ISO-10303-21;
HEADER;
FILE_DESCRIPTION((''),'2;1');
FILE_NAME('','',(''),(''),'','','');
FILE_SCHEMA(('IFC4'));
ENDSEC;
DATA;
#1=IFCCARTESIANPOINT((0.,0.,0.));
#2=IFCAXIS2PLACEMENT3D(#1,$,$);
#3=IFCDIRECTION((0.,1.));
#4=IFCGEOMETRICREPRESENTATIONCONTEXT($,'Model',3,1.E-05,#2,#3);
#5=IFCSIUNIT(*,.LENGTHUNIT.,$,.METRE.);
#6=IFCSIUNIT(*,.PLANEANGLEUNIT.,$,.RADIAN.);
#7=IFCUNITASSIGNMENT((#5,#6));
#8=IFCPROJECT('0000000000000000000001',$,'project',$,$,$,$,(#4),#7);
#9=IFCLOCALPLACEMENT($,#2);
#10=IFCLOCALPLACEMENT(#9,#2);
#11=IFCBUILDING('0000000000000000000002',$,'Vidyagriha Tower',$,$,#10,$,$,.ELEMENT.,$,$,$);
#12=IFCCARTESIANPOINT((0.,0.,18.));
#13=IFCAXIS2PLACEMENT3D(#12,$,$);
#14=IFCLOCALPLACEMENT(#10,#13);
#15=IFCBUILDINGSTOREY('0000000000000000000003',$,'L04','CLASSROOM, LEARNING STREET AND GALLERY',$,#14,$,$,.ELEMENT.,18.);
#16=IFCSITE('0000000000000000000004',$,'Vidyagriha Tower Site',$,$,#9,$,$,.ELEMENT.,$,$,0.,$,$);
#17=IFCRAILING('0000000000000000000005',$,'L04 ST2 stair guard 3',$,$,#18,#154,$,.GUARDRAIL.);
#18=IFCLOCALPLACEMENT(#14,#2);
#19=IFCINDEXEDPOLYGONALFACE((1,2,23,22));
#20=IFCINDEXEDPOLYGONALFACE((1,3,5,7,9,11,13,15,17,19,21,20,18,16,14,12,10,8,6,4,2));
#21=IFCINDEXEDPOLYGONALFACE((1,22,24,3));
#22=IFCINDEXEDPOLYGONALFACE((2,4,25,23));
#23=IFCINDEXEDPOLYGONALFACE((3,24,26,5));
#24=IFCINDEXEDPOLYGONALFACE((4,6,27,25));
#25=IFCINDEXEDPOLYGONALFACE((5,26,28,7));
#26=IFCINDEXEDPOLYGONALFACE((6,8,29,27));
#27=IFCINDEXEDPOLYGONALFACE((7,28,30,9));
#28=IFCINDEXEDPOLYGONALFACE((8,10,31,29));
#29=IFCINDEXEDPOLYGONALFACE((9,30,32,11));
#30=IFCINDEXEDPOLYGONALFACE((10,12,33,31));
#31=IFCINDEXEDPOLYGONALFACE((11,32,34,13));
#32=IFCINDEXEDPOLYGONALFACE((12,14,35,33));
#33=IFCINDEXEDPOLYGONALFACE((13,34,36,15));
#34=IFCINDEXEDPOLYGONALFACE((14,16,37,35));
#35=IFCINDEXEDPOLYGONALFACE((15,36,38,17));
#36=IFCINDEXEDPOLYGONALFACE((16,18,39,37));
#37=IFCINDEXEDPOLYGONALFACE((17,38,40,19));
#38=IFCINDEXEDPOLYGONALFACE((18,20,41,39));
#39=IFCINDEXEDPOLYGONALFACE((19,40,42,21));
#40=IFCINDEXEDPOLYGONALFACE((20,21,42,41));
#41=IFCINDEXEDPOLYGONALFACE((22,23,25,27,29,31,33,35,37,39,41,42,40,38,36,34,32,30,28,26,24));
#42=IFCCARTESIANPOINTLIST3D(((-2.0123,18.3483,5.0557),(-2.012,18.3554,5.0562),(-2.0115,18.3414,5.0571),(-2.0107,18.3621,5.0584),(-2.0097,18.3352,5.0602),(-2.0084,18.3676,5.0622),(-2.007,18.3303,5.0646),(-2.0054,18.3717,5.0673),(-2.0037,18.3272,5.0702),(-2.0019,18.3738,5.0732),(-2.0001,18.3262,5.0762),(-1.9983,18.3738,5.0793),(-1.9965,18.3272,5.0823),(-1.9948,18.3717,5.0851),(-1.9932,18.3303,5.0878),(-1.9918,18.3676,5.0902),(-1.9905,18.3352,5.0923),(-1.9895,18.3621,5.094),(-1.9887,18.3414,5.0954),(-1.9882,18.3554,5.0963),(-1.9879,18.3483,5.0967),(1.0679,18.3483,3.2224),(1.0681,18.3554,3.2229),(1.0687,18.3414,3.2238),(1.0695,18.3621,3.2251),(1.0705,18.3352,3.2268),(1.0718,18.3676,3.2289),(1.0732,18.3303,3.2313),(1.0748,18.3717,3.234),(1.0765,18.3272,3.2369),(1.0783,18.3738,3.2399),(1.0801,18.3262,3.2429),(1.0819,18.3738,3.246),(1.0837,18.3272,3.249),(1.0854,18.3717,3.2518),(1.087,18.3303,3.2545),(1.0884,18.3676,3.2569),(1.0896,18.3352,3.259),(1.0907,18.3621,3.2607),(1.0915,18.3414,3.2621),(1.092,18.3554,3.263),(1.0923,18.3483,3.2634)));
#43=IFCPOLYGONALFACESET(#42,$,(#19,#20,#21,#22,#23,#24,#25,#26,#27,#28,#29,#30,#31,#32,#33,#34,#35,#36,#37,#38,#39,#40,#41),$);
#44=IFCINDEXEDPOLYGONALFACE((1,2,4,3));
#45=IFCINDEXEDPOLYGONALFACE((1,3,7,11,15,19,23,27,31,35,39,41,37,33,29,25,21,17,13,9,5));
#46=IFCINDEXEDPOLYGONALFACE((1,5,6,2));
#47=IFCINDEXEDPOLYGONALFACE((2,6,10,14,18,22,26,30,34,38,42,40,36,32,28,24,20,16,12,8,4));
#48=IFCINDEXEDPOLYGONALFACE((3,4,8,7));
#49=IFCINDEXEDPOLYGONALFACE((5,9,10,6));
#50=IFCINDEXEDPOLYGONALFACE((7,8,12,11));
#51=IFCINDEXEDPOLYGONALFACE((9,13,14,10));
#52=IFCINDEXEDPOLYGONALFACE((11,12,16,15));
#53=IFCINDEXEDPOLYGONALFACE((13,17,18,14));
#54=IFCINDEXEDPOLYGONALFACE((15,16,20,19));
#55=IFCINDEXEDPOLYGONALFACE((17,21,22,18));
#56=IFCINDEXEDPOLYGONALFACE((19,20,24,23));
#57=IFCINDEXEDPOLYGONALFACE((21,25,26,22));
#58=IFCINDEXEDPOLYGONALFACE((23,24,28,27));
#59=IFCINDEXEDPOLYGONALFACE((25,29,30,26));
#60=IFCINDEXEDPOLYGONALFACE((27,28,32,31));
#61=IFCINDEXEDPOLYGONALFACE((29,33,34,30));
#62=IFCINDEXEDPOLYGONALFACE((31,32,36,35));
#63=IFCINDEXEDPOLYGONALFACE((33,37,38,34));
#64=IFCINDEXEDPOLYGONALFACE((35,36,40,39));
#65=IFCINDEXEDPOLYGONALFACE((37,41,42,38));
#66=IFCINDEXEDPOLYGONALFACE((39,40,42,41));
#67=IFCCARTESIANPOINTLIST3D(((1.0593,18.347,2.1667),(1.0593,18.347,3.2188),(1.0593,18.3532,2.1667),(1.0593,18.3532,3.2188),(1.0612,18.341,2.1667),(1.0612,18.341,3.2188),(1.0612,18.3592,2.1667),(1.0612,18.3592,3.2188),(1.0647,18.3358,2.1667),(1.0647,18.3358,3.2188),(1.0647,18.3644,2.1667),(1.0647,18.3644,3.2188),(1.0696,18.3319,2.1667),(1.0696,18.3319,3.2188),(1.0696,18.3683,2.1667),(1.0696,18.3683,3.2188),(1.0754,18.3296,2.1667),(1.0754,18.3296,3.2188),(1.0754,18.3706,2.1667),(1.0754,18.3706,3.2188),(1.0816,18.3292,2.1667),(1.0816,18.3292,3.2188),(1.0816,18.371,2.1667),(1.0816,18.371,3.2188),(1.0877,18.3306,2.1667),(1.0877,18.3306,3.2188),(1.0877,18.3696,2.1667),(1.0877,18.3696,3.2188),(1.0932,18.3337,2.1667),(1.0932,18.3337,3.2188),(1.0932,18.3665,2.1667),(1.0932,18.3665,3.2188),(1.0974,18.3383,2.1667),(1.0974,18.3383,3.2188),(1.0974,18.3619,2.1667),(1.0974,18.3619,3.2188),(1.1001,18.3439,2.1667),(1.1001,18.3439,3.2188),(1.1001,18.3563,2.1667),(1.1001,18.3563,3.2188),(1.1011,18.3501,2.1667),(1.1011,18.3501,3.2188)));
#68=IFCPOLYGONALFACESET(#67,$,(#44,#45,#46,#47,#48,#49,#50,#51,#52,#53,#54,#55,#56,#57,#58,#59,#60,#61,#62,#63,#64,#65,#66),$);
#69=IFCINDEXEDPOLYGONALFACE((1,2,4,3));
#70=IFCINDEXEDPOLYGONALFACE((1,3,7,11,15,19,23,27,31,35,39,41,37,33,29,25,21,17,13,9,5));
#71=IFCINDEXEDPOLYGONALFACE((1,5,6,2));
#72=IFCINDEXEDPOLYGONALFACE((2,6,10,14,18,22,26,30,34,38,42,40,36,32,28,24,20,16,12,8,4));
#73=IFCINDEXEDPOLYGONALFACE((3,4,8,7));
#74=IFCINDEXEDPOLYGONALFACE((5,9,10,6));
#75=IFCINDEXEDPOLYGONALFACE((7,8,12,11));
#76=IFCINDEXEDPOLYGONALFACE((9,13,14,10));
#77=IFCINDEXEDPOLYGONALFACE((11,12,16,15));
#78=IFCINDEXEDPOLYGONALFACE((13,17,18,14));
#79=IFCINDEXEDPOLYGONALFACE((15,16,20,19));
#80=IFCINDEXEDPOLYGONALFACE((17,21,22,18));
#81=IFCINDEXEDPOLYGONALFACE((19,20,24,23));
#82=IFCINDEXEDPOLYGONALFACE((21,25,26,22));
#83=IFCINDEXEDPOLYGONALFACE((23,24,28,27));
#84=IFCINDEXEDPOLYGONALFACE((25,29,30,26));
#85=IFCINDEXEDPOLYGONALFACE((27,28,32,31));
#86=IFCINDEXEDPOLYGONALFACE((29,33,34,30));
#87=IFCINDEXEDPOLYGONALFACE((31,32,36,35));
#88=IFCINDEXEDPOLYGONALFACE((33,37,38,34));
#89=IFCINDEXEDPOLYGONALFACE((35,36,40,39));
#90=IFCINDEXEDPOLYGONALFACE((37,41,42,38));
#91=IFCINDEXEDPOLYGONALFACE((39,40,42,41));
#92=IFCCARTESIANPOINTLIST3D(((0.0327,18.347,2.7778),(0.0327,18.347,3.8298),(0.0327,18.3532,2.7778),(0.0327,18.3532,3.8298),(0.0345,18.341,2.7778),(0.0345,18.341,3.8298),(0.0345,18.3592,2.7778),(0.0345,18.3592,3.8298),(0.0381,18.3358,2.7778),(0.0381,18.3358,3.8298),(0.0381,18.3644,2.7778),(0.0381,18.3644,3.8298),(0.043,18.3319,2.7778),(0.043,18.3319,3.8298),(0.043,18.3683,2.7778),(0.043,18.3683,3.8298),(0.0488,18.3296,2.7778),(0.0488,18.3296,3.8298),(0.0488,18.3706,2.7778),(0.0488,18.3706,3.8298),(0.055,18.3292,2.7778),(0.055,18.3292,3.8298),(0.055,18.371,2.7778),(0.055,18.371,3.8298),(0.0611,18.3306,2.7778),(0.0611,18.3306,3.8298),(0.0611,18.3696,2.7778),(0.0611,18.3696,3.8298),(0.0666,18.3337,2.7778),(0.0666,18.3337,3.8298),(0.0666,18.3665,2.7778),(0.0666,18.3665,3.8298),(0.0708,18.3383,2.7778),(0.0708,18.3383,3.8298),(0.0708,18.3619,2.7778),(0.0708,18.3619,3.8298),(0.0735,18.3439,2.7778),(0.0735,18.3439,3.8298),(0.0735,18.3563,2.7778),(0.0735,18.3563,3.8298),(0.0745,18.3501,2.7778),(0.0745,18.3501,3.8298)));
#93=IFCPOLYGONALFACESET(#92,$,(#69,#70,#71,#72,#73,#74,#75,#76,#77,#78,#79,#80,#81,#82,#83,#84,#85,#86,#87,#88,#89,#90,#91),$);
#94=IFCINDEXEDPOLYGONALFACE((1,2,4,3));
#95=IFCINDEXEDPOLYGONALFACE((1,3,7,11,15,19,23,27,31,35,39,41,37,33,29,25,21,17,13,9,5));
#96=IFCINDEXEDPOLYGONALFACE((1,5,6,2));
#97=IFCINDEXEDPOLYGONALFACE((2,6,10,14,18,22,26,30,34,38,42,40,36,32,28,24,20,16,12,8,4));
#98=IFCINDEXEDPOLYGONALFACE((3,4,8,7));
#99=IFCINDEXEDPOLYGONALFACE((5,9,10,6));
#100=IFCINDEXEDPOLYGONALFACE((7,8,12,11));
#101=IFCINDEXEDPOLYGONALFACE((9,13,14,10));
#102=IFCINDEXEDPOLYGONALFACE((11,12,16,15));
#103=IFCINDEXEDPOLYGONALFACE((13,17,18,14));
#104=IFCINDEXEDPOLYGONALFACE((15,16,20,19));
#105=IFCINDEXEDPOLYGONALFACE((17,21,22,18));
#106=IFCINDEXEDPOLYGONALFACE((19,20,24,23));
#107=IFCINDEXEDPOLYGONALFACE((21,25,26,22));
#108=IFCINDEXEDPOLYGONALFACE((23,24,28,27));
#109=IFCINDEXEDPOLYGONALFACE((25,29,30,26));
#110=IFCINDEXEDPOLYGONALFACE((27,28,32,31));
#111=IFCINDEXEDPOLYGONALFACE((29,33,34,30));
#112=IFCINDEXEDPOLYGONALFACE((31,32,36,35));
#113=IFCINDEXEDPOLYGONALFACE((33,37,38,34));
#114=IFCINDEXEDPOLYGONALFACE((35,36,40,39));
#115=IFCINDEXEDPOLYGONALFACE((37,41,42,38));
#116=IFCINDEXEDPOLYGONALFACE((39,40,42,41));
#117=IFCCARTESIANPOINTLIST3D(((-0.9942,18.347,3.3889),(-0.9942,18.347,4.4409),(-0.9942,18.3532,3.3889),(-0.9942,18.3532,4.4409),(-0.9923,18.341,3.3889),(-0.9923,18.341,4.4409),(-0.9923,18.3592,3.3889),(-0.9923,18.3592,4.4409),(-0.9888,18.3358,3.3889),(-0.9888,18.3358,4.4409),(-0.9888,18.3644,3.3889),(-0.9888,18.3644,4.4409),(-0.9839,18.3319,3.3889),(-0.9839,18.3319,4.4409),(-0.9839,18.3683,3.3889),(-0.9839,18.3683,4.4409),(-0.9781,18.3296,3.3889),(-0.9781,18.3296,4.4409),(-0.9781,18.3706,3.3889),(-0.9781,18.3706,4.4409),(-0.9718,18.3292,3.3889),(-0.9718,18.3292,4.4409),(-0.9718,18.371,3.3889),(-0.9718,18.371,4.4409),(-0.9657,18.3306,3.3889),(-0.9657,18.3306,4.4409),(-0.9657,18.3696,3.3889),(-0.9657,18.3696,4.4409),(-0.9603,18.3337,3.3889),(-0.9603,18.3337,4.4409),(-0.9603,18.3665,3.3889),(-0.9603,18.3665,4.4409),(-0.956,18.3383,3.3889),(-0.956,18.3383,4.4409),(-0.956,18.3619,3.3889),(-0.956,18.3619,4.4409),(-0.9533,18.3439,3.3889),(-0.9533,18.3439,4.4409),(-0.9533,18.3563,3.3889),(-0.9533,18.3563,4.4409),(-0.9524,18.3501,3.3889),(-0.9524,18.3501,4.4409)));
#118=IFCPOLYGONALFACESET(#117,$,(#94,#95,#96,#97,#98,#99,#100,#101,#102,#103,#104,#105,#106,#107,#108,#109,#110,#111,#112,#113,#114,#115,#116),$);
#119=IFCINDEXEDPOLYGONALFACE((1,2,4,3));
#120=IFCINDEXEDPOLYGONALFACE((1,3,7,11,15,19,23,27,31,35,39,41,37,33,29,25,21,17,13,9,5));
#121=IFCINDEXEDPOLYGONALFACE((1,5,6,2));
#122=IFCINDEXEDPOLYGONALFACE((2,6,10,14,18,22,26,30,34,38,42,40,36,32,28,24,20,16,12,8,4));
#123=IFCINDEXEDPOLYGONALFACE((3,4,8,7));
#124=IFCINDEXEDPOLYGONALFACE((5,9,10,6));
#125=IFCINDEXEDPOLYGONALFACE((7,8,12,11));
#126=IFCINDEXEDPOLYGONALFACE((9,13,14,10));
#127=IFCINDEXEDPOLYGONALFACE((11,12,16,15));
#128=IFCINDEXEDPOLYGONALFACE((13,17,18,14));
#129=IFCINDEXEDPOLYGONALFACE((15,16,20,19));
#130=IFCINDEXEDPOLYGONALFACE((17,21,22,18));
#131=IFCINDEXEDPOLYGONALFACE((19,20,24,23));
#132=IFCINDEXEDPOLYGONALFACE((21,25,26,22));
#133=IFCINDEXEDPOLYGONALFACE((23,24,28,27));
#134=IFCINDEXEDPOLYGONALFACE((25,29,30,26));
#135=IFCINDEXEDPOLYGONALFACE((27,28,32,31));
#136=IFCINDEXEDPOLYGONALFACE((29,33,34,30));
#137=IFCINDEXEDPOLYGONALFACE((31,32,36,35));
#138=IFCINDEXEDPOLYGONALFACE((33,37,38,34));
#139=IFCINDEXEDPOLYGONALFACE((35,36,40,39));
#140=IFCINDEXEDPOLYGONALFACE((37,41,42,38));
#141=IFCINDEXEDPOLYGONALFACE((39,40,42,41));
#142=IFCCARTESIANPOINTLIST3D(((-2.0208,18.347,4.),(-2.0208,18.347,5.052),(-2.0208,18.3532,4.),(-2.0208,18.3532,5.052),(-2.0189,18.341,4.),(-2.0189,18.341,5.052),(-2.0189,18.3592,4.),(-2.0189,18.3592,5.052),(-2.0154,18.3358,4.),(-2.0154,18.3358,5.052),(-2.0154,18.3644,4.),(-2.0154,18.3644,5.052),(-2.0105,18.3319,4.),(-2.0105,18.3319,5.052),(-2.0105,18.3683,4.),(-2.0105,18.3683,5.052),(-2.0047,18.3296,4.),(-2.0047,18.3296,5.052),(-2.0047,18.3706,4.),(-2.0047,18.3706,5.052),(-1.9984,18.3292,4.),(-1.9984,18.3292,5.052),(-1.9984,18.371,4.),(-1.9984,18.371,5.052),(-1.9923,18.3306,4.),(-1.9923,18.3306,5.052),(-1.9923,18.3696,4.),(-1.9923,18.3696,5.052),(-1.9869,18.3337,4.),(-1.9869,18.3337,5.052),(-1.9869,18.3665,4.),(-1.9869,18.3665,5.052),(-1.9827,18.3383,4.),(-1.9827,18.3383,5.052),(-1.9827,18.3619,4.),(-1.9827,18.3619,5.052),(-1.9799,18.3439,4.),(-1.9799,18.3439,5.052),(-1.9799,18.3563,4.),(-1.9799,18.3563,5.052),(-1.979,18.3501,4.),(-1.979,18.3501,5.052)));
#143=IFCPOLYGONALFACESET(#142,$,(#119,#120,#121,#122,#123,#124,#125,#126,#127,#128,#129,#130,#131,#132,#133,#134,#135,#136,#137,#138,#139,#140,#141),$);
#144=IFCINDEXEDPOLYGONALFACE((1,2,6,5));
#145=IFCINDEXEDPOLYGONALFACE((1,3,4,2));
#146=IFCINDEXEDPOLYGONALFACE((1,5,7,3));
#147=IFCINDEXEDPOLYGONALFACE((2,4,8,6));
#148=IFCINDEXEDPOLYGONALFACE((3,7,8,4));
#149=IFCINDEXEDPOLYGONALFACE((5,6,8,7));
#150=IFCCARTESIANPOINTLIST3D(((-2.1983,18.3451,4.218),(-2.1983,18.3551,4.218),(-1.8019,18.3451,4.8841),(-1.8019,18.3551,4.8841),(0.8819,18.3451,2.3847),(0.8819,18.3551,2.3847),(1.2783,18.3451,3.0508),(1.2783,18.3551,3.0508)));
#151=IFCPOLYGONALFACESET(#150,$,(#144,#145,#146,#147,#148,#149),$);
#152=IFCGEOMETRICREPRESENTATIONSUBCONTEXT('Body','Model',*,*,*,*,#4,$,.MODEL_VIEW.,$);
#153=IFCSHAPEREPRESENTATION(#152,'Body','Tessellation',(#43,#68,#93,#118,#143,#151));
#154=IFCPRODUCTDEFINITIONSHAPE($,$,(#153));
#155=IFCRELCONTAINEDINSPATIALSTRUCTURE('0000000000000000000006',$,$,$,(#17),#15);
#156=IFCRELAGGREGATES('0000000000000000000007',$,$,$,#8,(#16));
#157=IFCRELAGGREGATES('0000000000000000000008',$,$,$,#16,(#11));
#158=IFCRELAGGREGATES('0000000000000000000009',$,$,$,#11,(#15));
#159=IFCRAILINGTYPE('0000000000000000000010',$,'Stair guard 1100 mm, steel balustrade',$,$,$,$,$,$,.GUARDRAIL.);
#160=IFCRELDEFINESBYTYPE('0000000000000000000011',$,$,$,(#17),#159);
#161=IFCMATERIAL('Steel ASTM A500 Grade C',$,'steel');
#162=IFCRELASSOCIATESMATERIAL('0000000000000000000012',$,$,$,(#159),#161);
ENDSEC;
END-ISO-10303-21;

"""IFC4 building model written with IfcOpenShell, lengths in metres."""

from ifc_helpers import new_model, si_unit, direction, frame, origin, origin_2d, place, context, subcontext, project, spatial, rectangle, circle, extrude, material, type_object, element, save


model = new_model("IFC4")

# Units and contexts
model_context = context("Model", 3, precision=1e-05, world=origin(), true_north=direction((0.0, 1.0)))
body_context = subcontext(model_context, "Body", "Model", "MODEL_VIEW")
ifc_project = project(units=[si_unit("LENGTHUNIT", "METRE"), si_unit("PLANEANGLEUNIT", "RADIAN")], contexts=[model_context])

# Site, building, storey
site_placement = place(None, origin())
site = spatial("IfcSite", under=ifc_project, at=site_placement, Name="Vidyagriha Tower Site", CompositionType="ELEMENT", RefElevation=0.0)
building_placement = place(site_placement, origin())
building = spatial("IfcBuilding", under=site, at=building_placement, Name="Vidyagriha Tower", CompositionType="ELEMENT")
storey_placement = place(building_placement, frame((0.0, 0.0, 18.0)))
storey = spatial("IfcBuildingStorey", under=building, at=storey_placement, Name="L04", Description="CLASSROOM, LEARNING STREET AND GALLERY", CompositionType="ELEMENT", Elevation=18.0)

# Railing
ifc_material_1 = material(Name="Steel ASTM A500 Grade C", Category="steel")
railing_type_1 = type_object("IfcRailingType", Name="Stair guard 1100 mm, steel balustrade", PredefinedType="GUARDRAIL", material=ifc_material_1)
railing_1_placement = place(storey_placement, frame((1.0801, 18.3501, 2.1667)))
element("IfcRailing", 1, at=railing_1_placement, inside=storey, type_object=railing_type_1, Name="L04 ST2 stair guard 3", PredefinedType="GUARDRAIL", context=body_context, shape_type="SweptSolid", body=[
    extrude(circle(Radius=0.0239, at=origin_2d()), frame((0.0, 0.0, 1.0762), z_axis=(-0.859309, 0.0, 0.511458), x_axis=(0.0, -1.0, 0.0)), (0.0, 0.0, 1.0), 3.5845),
    extrude(circle(Radius=0.021, at=origin_2d()), origin(), (0.0, 0.0, 1.0), 1.052),
    extrude(circle(Radius=0.021, at=origin_2d()), frame((-1.0266, 0.0, 0.6111)), (0.0, 0.0, 1.0), 1.052),
    extrude(circle(Radius=0.021, at=origin_2d()), frame((-2.0535, 0.0, 1.2222)), (0.0, 0.0, 1.0), 1.052),
    extrude(circle(Radius=0.021, at=origin_2d()), frame((-3.0801, 0.0, 1.8333)), (0.0, 0.0, 1.0), 1.052),
    extrude(rectangle(XDim=0.01, YDim=0.7751, at=origin_2d()), frame((0.0, 0.0, 0.551), z_axis=(-0.859309, 0.0, 0.511458), x_axis=(0.0, -1.0, 0.0)), (0.0, 0.0, 1.0), 3.5845),
])

save(model, "model.ifc")
